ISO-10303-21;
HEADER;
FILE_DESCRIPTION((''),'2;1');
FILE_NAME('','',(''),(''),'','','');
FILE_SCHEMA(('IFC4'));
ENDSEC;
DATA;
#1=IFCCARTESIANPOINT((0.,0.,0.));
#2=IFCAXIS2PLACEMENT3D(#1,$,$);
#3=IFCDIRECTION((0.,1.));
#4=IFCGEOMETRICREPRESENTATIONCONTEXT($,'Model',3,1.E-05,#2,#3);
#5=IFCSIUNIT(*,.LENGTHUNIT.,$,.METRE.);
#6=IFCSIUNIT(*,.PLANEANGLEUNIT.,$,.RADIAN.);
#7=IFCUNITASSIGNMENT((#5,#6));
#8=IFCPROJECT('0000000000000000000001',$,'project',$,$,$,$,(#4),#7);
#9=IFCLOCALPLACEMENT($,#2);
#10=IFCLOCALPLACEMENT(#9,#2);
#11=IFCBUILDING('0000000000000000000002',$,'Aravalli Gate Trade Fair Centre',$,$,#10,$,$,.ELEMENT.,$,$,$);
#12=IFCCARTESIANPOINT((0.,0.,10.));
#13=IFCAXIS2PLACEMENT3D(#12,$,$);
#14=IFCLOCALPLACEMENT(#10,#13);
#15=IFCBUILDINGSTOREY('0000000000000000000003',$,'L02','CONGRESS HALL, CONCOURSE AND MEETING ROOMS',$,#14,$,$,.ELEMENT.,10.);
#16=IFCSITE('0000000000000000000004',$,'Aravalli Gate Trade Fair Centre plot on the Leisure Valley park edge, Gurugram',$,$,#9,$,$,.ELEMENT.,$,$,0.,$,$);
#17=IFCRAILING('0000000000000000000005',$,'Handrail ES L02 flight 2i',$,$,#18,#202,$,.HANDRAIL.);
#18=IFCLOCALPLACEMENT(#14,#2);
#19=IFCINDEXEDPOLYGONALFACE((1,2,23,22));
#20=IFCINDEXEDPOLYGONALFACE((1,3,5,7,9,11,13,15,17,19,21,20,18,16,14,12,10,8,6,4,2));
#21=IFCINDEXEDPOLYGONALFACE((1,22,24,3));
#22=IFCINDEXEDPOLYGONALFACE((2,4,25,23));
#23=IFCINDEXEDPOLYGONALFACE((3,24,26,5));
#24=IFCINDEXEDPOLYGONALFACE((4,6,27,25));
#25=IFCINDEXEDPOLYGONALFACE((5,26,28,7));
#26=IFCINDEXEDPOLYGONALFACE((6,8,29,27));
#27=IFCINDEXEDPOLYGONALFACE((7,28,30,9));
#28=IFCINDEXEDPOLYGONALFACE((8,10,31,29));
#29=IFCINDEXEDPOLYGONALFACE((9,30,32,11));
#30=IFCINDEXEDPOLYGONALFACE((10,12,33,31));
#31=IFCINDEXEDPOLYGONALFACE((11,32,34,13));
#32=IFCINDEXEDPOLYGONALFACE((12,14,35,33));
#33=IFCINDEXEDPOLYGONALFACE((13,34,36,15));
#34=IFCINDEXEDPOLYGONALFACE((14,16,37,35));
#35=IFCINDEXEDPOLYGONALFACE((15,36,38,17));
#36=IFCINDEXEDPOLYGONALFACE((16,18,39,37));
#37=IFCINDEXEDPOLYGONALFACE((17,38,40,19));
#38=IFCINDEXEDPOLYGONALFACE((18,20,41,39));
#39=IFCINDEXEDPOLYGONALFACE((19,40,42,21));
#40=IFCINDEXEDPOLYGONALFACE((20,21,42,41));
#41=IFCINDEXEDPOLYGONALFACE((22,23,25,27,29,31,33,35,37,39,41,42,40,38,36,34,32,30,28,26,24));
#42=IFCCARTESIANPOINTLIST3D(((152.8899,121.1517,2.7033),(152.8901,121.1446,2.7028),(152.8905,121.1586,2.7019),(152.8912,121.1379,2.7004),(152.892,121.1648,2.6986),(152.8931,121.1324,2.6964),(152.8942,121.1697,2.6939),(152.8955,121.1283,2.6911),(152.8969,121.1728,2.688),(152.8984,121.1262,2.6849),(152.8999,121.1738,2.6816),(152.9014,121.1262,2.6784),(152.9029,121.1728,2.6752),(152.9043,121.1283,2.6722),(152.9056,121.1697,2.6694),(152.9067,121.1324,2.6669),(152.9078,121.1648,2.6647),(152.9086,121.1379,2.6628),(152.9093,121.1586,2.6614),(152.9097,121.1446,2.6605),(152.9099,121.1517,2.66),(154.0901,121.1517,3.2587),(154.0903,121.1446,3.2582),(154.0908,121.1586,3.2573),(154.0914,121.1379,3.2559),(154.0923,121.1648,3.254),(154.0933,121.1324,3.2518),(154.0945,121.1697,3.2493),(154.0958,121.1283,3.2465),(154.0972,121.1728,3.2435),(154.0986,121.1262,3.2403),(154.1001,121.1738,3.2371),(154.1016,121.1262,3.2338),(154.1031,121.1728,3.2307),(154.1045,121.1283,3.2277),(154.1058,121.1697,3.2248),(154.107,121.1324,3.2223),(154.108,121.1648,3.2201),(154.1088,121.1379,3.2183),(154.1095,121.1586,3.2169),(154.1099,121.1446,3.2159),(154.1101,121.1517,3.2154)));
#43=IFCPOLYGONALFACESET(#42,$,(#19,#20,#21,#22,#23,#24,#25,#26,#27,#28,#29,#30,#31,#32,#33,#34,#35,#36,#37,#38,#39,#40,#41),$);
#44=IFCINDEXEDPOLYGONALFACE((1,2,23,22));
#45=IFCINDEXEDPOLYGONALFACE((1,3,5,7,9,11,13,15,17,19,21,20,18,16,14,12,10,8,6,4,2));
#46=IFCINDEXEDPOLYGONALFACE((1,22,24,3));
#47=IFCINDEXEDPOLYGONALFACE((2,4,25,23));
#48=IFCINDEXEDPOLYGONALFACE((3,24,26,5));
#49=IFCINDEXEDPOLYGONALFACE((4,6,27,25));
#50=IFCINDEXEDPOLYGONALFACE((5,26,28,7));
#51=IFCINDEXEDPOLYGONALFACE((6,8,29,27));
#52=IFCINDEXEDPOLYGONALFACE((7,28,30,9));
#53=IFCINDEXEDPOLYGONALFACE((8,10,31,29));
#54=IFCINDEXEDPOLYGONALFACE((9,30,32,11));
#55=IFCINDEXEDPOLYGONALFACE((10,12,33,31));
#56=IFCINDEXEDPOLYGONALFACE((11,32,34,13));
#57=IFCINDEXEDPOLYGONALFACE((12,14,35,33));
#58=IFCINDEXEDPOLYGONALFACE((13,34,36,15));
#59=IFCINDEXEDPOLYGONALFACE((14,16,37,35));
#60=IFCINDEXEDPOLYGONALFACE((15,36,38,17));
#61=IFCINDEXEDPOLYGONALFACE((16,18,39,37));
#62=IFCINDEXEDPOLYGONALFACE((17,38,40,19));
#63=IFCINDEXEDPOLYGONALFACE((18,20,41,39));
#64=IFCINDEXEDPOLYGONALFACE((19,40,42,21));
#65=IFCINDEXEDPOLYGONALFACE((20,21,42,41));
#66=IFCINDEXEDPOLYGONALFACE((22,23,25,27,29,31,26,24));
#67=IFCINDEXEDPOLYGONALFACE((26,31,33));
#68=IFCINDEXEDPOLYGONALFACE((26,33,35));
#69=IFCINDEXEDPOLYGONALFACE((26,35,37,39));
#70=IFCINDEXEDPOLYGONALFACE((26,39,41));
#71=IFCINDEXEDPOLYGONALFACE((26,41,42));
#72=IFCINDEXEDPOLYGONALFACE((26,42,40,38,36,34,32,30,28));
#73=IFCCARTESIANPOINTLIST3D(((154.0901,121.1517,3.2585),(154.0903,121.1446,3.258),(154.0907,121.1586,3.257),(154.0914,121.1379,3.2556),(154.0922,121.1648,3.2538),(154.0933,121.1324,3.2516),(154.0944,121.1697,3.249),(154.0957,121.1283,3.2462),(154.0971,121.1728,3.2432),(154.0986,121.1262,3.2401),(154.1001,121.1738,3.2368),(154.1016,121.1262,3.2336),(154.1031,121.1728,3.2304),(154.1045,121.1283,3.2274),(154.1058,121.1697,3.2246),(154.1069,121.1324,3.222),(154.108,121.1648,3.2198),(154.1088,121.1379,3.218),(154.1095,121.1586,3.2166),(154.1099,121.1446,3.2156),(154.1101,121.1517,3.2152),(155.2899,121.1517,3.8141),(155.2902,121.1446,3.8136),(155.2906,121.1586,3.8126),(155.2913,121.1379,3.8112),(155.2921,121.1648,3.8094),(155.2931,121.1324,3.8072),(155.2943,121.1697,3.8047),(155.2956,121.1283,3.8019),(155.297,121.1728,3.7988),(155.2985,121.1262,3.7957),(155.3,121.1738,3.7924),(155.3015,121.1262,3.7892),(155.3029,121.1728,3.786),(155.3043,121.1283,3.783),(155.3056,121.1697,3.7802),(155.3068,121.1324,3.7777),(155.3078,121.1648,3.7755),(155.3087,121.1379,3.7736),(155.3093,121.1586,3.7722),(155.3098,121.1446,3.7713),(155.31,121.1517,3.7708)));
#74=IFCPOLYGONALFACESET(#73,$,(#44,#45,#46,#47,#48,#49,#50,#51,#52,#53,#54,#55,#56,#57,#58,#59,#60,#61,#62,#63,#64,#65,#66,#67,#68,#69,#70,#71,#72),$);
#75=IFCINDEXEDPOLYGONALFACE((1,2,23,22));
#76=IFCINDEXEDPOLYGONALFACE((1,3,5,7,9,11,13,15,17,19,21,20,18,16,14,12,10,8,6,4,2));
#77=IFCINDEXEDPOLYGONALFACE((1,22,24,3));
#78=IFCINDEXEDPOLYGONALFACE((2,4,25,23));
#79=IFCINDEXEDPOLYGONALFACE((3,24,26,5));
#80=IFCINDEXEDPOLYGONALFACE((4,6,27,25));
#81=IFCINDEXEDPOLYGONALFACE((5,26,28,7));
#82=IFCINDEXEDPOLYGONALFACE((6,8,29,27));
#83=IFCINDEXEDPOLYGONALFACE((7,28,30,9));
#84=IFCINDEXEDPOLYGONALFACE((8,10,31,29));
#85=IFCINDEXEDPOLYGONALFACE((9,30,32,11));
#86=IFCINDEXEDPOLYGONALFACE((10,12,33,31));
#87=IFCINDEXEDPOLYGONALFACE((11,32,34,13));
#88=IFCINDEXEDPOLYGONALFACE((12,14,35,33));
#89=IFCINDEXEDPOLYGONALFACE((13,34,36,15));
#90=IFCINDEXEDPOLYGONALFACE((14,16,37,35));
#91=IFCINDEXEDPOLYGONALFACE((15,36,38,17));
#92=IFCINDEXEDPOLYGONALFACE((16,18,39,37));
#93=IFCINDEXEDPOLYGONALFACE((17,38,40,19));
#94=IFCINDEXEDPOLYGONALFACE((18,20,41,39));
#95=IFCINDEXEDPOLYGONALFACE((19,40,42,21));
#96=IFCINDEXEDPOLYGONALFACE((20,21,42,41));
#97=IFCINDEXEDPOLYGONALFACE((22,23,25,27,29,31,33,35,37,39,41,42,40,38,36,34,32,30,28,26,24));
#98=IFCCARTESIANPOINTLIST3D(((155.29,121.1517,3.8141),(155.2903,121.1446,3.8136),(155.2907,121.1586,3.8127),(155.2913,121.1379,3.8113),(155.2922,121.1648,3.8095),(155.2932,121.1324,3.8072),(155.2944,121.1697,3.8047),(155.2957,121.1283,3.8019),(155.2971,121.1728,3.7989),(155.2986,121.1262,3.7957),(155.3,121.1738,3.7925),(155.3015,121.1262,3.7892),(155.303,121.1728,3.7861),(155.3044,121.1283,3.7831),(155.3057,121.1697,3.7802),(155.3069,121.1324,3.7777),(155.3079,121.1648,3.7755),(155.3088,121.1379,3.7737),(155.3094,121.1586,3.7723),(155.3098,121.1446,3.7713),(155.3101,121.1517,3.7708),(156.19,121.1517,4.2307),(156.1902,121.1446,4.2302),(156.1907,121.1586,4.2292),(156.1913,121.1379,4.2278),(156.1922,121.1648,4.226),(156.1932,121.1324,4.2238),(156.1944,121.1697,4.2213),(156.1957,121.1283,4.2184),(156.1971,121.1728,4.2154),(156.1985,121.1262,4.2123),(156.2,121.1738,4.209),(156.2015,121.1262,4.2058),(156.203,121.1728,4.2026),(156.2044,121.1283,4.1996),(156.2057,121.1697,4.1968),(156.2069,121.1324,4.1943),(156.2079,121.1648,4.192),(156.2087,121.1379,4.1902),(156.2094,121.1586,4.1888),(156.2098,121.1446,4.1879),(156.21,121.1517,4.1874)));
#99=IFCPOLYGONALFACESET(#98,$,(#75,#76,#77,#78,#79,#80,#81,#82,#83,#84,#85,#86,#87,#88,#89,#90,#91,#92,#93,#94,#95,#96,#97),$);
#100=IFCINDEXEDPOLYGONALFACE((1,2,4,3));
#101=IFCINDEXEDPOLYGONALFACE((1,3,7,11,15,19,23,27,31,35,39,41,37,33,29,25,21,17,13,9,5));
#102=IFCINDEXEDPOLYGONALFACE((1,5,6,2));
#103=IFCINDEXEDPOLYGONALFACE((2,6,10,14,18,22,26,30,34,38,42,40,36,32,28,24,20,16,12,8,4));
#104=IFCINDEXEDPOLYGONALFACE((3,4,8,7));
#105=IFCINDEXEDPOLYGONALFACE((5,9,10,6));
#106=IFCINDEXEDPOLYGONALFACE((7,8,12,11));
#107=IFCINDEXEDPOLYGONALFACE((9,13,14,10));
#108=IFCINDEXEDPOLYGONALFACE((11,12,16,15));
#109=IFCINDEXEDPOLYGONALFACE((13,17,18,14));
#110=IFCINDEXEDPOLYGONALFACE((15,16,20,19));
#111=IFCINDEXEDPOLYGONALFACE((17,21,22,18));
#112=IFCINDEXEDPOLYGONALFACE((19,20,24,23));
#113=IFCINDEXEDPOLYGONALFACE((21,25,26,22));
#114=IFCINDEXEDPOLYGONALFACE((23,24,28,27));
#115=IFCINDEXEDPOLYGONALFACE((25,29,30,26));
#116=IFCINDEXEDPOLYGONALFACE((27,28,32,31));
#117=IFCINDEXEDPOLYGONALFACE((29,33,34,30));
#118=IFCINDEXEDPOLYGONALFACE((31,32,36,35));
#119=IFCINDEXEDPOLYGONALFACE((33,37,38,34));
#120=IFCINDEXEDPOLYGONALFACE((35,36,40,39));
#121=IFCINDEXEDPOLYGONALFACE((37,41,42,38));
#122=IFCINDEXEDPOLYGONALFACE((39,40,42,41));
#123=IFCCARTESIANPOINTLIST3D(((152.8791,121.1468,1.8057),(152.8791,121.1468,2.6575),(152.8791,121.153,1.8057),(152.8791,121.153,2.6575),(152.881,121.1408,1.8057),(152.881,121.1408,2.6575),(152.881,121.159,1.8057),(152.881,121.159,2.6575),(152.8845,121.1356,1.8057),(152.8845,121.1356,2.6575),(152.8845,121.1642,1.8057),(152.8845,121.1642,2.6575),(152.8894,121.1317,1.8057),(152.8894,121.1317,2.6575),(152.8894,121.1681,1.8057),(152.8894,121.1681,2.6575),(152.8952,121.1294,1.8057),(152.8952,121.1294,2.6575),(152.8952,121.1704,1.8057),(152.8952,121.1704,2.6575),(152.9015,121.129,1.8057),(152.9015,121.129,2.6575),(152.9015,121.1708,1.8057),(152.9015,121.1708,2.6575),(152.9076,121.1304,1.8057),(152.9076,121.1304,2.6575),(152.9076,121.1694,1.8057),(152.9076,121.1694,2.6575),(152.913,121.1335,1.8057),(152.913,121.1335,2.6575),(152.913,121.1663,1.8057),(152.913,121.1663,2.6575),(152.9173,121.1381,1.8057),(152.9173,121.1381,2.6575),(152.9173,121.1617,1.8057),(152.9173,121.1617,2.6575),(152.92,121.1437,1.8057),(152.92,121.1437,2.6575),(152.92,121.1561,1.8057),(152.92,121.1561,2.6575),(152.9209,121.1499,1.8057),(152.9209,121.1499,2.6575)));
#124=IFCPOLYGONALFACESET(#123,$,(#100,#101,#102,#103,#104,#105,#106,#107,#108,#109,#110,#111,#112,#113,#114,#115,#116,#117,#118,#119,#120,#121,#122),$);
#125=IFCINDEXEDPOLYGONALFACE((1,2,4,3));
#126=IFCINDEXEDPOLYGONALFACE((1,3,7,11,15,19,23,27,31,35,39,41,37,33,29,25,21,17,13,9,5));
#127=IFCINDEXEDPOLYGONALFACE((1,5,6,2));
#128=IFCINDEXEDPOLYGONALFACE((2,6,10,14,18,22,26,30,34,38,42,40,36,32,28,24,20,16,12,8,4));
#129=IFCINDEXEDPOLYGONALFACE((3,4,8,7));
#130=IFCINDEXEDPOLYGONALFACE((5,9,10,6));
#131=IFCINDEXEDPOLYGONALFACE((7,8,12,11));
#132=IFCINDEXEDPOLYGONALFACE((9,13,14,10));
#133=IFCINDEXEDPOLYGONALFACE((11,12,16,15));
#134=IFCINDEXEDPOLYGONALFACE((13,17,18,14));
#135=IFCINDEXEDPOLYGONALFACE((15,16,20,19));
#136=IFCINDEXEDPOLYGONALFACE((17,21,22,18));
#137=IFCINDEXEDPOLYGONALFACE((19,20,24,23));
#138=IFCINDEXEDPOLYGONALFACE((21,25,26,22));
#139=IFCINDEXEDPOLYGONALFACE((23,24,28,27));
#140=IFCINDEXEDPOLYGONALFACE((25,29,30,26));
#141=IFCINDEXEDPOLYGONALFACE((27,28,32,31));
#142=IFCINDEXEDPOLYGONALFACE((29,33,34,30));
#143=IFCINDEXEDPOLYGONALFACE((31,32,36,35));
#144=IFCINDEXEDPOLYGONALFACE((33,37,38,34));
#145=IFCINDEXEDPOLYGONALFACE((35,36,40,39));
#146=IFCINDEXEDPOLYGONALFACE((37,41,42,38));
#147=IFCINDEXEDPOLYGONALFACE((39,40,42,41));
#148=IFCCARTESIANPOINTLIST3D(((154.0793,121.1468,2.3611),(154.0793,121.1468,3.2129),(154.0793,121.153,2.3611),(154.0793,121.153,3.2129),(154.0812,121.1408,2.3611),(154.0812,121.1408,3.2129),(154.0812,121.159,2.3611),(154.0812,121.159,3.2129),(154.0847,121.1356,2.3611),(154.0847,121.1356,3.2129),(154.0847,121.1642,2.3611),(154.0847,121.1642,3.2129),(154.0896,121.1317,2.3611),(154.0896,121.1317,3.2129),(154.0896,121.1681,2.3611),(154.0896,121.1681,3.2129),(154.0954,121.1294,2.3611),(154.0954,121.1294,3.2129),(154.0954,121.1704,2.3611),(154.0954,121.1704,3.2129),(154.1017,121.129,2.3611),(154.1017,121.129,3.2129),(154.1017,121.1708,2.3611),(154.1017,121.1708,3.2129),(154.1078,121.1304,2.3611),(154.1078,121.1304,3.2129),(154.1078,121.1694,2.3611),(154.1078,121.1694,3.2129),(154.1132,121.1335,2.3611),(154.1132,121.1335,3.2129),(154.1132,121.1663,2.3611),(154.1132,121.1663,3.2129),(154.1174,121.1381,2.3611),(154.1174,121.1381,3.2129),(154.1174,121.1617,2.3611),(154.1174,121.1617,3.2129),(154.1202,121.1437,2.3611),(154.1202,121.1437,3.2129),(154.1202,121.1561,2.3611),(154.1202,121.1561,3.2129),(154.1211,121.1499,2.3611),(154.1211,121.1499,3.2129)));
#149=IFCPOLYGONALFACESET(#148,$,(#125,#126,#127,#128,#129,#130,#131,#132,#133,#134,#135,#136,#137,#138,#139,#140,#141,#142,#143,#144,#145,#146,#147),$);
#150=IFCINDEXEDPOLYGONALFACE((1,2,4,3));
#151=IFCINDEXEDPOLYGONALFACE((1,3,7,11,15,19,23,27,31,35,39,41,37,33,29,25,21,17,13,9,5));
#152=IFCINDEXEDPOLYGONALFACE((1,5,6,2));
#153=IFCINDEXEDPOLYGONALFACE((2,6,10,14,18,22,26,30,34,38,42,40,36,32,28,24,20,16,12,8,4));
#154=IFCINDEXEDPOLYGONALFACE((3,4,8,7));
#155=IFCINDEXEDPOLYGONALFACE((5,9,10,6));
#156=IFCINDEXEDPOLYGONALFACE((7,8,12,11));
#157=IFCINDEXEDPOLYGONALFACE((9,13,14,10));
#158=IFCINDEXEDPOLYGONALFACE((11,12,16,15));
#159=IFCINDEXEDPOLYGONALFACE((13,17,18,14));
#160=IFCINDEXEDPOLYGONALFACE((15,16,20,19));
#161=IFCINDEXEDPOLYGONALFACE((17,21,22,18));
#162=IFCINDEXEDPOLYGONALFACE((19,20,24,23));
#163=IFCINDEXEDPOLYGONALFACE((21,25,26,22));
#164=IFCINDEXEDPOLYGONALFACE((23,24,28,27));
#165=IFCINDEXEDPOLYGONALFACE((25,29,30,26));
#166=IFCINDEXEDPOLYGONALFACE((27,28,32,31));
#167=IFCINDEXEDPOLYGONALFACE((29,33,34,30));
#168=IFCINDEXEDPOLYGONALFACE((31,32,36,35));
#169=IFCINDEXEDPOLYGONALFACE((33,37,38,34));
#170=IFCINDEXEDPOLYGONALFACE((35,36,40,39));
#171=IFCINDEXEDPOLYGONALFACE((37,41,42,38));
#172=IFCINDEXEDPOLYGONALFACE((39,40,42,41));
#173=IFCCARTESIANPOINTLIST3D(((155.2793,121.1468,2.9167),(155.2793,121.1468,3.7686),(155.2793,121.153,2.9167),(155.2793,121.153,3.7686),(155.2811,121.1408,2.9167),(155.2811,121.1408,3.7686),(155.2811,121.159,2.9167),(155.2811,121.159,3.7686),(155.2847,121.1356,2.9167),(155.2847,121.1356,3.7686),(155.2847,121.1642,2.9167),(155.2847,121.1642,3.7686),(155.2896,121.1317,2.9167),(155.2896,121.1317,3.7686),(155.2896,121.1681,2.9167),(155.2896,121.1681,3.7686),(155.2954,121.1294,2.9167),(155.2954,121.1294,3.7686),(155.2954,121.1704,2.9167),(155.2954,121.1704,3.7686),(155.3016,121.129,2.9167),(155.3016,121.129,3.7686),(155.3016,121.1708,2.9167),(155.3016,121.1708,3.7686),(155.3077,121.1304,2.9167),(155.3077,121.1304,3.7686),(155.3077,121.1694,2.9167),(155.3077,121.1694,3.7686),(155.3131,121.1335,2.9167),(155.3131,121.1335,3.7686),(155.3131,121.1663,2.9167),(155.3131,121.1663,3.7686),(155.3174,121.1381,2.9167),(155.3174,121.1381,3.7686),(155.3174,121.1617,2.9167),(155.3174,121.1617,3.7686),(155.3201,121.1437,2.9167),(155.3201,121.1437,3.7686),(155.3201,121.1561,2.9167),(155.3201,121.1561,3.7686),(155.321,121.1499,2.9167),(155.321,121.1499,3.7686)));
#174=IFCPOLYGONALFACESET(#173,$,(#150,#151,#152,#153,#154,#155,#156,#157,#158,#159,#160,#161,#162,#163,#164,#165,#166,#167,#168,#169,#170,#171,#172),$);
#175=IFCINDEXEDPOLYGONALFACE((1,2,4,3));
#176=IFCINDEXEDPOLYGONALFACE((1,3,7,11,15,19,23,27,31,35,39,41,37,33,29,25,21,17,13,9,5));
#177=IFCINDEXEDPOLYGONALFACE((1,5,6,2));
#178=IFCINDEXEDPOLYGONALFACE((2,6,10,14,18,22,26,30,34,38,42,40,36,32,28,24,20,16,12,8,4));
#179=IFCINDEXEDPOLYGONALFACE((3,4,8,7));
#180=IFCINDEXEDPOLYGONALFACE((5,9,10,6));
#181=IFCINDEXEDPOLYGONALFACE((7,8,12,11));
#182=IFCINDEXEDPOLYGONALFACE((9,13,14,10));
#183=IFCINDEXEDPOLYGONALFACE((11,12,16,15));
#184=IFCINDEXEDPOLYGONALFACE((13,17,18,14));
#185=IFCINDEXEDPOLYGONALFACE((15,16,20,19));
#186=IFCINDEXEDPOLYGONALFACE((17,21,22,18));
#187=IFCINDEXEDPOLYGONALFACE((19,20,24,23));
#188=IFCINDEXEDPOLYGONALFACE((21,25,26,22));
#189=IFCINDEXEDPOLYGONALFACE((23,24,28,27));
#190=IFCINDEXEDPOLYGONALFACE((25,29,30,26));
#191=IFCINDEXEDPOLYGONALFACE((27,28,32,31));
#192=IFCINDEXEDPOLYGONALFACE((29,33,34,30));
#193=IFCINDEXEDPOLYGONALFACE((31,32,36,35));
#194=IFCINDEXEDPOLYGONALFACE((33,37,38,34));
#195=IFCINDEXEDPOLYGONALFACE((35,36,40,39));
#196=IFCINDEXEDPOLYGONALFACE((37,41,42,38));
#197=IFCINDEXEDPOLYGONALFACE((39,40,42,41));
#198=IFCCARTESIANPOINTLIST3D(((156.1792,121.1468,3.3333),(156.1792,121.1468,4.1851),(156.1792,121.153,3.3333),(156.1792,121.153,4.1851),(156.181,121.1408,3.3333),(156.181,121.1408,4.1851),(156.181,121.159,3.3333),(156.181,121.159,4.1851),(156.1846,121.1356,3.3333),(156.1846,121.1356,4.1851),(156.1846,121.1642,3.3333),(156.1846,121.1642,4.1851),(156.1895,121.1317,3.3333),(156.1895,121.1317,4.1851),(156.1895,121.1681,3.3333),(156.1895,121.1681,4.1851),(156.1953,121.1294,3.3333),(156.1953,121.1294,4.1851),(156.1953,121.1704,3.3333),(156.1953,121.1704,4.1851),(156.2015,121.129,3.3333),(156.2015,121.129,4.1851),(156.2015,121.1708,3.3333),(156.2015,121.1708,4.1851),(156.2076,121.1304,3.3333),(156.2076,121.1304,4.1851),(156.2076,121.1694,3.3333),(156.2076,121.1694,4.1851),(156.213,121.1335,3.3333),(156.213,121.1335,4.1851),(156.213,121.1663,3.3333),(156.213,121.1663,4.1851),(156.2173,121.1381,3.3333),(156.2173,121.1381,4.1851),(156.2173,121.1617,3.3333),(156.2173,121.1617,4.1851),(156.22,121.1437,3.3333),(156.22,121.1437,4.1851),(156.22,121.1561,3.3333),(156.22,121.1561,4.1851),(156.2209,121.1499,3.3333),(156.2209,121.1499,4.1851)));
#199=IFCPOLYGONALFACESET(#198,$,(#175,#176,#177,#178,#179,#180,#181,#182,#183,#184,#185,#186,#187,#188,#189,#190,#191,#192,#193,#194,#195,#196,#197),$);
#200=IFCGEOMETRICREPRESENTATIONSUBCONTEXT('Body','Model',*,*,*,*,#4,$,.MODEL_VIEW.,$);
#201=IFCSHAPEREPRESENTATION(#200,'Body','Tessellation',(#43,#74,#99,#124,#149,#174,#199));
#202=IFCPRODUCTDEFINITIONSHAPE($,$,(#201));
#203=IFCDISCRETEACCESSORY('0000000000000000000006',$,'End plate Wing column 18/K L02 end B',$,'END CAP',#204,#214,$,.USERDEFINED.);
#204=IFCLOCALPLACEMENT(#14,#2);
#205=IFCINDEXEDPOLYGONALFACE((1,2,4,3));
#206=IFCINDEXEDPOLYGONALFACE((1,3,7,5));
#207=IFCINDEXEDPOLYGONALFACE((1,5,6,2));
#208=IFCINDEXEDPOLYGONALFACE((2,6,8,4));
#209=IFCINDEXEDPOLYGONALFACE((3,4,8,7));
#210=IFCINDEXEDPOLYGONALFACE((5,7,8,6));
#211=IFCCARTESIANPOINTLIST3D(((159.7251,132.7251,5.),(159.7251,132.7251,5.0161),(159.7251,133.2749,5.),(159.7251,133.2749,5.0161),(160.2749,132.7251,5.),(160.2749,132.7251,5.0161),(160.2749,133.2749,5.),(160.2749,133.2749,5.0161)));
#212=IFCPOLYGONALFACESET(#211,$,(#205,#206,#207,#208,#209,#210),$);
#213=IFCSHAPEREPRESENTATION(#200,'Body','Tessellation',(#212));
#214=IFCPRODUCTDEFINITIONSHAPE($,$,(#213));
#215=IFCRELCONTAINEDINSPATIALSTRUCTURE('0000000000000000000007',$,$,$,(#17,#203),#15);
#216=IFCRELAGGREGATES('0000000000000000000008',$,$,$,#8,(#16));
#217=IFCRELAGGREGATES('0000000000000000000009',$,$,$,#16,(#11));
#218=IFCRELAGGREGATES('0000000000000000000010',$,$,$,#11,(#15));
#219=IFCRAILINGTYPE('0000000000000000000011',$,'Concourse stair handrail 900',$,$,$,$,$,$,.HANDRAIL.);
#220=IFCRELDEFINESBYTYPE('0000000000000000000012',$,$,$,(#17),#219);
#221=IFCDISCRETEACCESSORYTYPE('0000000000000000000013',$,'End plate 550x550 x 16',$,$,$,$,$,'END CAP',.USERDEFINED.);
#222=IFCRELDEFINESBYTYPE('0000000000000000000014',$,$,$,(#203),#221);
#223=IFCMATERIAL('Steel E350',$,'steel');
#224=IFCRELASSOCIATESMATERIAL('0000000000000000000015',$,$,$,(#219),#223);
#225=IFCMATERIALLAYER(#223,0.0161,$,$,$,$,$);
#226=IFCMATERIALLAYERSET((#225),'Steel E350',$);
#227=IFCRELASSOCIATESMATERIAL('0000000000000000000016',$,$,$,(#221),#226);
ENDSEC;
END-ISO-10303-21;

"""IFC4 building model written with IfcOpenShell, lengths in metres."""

from ifc_helpers import new_model, si_unit, direction, frame, origin, origin_2d, place, context, subcontext, project, spatial, polyline, circle, outline, extrude, material, layer, layer_set, type_object, element, save


model = new_model("IFC4")

# Units and contexts
model_context = context("Model", 3, precision=1e-05, world=origin(), true_north=direction((0.0, 1.0)))
body_context = subcontext(model_context, "Body", "Model", "MODEL_VIEW")
ifc_project = project(units=[si_unit("LENGTHUNIT", "METRE"), si_unit("PLANEANGLEUNIT", "RADIAN")], contexts=[model_context])

# Site, building, storey
site_placement = place(None, origin())
site = spatial("IfcSite", under=ifc_project, at=site_placement, Name="Aravalli Gate Trade Fair Centre plot on the Leisure Valley park edge, Gurugram", CompositionType="ELEMENT", RefElevation=0.0)
building_placement = place(site_placement, origin())
building = spatial("IfcBuilding", under=site, at=building_placement, Name="Aravalli Gate Trade Fair Centre", CompositionType="ELEMENT")
storey_placement = place(building_placement, frame((0.0, 0.0, 10.0)))
storey = spatial("IfcBuildingStorey", under=building, at=storey_placement, Name="L02", Description="CONGRESS HALL, CONCOURSE AND MEETING ROOMS", CompositionType="ELEMENT", Elevation=10.0)

# Shared definitions
ifc_material_1 = material(Name="Steel E350", Category="steel")

# Railing
railing_type = type_object("IfcRailingType", Name="Concourse stair handrail 900", PredefinedType="HANDRAIL", material=ifc_material_1)
for number, where, name in (
    (1, (152.8999, 121.1499, 1.8057), "Handrail ES L02 flight 2i"),
):
    element("IfcRailing", number, at=place(storey_placement, frame(where)), inside=storey, type_object=railing_type, Name=name, PredefinedType="HANDRAIL", context=body_context, shape_type="SweptSolid", body=[
        extrude(circle(Radius=0.0239, at=origin_2d()), frame((0.0, 0.0, 0.876), z_axis=(0.907532, 0.0, 0.419983), x_axis=(0.0, 1.0, 0.0)), (0.0, 0.0, 1.0), 1.3225),
        extrude(circle(Radius=0.0239, at=origin_2d()), frame((1.2002, 0.0, 1.4312), z_axis=(0.907429, 0.0, 0.420205), x_axis=(0.0, 1.0, 0.0)), (0.0, 0.0, 1.0), 1.3223),
        extrude(circle(Radius=0.0239, at=origin_2d()), frame((2.4001, 0.0, 1.9868), z_axis=(0.907512, 0.0, 0.420026), x_axis=(0.0, 1.0, 0.0)), (0.0, 0.0, 1.0), 0.9917),
        extrude(circle(Radius=0.021, at=origin_2d()), origin(), (0.0, 0.0, 1.0), 0.8518),
        extrude(circle(Radius=0.021, at=origin_2d()), frame((1.2002, 0.0, 0.5554)), (0.0, 0.0, 1.0), 0.8518),
        extrude(circle(Radius=0.021, at=origin_2d()), frame((2.4001, 0.0, 1.1111)), (0.0, 0.0, 1.0), 0.8518),
        extrude(circle(Radius=0.021, at=origin_2d()), frame((3.3, 0.0, 1.5276)), (0.0, 0.0, 1.0), 0.8518),
    ])

# Discrete accessory
ifc_layer_1 = layer(ifc_material_1, 0.0161)
ifc_layer_set_1 = layer_set([ifc_layer_1], Name="Steel E350")
discrete_accessory_type = type_object("IfcDiscreteAccessoryType", Name="End plate 550x550 x 16", ElementType="END CAP", PredefinedType="USERDEFINED", material=ifc_layer_set_1)
discrete_accessory_placement = place(storey_placement, frame((159.7251, 132.7251, 5.0161), z_axis=(0.0, 0.0, 1.0), x_axis=(1.0, 0.0, 0.0)))
element("IfcDiscreteAccessory", 2, at=discrete_accessory_placement, inside=storey, type_object=discrete_accessory_type, Name="End plate Wing column 18/K L02 end B", ObjectType="END CAP", PredefinedType="USERDEFINED", context=body_context, shape_type="SweptSolid", body=[
    extrude(outline(polyline([(0.0, 0.0), (0.5498, 0.0), (0.5498, 0.5498), (0.0, 0.5498), (0.0, 0.0)])), origin(), (0.0, 0.0, -1.0), 0.0161),
])

save(model, "model.ifc")
